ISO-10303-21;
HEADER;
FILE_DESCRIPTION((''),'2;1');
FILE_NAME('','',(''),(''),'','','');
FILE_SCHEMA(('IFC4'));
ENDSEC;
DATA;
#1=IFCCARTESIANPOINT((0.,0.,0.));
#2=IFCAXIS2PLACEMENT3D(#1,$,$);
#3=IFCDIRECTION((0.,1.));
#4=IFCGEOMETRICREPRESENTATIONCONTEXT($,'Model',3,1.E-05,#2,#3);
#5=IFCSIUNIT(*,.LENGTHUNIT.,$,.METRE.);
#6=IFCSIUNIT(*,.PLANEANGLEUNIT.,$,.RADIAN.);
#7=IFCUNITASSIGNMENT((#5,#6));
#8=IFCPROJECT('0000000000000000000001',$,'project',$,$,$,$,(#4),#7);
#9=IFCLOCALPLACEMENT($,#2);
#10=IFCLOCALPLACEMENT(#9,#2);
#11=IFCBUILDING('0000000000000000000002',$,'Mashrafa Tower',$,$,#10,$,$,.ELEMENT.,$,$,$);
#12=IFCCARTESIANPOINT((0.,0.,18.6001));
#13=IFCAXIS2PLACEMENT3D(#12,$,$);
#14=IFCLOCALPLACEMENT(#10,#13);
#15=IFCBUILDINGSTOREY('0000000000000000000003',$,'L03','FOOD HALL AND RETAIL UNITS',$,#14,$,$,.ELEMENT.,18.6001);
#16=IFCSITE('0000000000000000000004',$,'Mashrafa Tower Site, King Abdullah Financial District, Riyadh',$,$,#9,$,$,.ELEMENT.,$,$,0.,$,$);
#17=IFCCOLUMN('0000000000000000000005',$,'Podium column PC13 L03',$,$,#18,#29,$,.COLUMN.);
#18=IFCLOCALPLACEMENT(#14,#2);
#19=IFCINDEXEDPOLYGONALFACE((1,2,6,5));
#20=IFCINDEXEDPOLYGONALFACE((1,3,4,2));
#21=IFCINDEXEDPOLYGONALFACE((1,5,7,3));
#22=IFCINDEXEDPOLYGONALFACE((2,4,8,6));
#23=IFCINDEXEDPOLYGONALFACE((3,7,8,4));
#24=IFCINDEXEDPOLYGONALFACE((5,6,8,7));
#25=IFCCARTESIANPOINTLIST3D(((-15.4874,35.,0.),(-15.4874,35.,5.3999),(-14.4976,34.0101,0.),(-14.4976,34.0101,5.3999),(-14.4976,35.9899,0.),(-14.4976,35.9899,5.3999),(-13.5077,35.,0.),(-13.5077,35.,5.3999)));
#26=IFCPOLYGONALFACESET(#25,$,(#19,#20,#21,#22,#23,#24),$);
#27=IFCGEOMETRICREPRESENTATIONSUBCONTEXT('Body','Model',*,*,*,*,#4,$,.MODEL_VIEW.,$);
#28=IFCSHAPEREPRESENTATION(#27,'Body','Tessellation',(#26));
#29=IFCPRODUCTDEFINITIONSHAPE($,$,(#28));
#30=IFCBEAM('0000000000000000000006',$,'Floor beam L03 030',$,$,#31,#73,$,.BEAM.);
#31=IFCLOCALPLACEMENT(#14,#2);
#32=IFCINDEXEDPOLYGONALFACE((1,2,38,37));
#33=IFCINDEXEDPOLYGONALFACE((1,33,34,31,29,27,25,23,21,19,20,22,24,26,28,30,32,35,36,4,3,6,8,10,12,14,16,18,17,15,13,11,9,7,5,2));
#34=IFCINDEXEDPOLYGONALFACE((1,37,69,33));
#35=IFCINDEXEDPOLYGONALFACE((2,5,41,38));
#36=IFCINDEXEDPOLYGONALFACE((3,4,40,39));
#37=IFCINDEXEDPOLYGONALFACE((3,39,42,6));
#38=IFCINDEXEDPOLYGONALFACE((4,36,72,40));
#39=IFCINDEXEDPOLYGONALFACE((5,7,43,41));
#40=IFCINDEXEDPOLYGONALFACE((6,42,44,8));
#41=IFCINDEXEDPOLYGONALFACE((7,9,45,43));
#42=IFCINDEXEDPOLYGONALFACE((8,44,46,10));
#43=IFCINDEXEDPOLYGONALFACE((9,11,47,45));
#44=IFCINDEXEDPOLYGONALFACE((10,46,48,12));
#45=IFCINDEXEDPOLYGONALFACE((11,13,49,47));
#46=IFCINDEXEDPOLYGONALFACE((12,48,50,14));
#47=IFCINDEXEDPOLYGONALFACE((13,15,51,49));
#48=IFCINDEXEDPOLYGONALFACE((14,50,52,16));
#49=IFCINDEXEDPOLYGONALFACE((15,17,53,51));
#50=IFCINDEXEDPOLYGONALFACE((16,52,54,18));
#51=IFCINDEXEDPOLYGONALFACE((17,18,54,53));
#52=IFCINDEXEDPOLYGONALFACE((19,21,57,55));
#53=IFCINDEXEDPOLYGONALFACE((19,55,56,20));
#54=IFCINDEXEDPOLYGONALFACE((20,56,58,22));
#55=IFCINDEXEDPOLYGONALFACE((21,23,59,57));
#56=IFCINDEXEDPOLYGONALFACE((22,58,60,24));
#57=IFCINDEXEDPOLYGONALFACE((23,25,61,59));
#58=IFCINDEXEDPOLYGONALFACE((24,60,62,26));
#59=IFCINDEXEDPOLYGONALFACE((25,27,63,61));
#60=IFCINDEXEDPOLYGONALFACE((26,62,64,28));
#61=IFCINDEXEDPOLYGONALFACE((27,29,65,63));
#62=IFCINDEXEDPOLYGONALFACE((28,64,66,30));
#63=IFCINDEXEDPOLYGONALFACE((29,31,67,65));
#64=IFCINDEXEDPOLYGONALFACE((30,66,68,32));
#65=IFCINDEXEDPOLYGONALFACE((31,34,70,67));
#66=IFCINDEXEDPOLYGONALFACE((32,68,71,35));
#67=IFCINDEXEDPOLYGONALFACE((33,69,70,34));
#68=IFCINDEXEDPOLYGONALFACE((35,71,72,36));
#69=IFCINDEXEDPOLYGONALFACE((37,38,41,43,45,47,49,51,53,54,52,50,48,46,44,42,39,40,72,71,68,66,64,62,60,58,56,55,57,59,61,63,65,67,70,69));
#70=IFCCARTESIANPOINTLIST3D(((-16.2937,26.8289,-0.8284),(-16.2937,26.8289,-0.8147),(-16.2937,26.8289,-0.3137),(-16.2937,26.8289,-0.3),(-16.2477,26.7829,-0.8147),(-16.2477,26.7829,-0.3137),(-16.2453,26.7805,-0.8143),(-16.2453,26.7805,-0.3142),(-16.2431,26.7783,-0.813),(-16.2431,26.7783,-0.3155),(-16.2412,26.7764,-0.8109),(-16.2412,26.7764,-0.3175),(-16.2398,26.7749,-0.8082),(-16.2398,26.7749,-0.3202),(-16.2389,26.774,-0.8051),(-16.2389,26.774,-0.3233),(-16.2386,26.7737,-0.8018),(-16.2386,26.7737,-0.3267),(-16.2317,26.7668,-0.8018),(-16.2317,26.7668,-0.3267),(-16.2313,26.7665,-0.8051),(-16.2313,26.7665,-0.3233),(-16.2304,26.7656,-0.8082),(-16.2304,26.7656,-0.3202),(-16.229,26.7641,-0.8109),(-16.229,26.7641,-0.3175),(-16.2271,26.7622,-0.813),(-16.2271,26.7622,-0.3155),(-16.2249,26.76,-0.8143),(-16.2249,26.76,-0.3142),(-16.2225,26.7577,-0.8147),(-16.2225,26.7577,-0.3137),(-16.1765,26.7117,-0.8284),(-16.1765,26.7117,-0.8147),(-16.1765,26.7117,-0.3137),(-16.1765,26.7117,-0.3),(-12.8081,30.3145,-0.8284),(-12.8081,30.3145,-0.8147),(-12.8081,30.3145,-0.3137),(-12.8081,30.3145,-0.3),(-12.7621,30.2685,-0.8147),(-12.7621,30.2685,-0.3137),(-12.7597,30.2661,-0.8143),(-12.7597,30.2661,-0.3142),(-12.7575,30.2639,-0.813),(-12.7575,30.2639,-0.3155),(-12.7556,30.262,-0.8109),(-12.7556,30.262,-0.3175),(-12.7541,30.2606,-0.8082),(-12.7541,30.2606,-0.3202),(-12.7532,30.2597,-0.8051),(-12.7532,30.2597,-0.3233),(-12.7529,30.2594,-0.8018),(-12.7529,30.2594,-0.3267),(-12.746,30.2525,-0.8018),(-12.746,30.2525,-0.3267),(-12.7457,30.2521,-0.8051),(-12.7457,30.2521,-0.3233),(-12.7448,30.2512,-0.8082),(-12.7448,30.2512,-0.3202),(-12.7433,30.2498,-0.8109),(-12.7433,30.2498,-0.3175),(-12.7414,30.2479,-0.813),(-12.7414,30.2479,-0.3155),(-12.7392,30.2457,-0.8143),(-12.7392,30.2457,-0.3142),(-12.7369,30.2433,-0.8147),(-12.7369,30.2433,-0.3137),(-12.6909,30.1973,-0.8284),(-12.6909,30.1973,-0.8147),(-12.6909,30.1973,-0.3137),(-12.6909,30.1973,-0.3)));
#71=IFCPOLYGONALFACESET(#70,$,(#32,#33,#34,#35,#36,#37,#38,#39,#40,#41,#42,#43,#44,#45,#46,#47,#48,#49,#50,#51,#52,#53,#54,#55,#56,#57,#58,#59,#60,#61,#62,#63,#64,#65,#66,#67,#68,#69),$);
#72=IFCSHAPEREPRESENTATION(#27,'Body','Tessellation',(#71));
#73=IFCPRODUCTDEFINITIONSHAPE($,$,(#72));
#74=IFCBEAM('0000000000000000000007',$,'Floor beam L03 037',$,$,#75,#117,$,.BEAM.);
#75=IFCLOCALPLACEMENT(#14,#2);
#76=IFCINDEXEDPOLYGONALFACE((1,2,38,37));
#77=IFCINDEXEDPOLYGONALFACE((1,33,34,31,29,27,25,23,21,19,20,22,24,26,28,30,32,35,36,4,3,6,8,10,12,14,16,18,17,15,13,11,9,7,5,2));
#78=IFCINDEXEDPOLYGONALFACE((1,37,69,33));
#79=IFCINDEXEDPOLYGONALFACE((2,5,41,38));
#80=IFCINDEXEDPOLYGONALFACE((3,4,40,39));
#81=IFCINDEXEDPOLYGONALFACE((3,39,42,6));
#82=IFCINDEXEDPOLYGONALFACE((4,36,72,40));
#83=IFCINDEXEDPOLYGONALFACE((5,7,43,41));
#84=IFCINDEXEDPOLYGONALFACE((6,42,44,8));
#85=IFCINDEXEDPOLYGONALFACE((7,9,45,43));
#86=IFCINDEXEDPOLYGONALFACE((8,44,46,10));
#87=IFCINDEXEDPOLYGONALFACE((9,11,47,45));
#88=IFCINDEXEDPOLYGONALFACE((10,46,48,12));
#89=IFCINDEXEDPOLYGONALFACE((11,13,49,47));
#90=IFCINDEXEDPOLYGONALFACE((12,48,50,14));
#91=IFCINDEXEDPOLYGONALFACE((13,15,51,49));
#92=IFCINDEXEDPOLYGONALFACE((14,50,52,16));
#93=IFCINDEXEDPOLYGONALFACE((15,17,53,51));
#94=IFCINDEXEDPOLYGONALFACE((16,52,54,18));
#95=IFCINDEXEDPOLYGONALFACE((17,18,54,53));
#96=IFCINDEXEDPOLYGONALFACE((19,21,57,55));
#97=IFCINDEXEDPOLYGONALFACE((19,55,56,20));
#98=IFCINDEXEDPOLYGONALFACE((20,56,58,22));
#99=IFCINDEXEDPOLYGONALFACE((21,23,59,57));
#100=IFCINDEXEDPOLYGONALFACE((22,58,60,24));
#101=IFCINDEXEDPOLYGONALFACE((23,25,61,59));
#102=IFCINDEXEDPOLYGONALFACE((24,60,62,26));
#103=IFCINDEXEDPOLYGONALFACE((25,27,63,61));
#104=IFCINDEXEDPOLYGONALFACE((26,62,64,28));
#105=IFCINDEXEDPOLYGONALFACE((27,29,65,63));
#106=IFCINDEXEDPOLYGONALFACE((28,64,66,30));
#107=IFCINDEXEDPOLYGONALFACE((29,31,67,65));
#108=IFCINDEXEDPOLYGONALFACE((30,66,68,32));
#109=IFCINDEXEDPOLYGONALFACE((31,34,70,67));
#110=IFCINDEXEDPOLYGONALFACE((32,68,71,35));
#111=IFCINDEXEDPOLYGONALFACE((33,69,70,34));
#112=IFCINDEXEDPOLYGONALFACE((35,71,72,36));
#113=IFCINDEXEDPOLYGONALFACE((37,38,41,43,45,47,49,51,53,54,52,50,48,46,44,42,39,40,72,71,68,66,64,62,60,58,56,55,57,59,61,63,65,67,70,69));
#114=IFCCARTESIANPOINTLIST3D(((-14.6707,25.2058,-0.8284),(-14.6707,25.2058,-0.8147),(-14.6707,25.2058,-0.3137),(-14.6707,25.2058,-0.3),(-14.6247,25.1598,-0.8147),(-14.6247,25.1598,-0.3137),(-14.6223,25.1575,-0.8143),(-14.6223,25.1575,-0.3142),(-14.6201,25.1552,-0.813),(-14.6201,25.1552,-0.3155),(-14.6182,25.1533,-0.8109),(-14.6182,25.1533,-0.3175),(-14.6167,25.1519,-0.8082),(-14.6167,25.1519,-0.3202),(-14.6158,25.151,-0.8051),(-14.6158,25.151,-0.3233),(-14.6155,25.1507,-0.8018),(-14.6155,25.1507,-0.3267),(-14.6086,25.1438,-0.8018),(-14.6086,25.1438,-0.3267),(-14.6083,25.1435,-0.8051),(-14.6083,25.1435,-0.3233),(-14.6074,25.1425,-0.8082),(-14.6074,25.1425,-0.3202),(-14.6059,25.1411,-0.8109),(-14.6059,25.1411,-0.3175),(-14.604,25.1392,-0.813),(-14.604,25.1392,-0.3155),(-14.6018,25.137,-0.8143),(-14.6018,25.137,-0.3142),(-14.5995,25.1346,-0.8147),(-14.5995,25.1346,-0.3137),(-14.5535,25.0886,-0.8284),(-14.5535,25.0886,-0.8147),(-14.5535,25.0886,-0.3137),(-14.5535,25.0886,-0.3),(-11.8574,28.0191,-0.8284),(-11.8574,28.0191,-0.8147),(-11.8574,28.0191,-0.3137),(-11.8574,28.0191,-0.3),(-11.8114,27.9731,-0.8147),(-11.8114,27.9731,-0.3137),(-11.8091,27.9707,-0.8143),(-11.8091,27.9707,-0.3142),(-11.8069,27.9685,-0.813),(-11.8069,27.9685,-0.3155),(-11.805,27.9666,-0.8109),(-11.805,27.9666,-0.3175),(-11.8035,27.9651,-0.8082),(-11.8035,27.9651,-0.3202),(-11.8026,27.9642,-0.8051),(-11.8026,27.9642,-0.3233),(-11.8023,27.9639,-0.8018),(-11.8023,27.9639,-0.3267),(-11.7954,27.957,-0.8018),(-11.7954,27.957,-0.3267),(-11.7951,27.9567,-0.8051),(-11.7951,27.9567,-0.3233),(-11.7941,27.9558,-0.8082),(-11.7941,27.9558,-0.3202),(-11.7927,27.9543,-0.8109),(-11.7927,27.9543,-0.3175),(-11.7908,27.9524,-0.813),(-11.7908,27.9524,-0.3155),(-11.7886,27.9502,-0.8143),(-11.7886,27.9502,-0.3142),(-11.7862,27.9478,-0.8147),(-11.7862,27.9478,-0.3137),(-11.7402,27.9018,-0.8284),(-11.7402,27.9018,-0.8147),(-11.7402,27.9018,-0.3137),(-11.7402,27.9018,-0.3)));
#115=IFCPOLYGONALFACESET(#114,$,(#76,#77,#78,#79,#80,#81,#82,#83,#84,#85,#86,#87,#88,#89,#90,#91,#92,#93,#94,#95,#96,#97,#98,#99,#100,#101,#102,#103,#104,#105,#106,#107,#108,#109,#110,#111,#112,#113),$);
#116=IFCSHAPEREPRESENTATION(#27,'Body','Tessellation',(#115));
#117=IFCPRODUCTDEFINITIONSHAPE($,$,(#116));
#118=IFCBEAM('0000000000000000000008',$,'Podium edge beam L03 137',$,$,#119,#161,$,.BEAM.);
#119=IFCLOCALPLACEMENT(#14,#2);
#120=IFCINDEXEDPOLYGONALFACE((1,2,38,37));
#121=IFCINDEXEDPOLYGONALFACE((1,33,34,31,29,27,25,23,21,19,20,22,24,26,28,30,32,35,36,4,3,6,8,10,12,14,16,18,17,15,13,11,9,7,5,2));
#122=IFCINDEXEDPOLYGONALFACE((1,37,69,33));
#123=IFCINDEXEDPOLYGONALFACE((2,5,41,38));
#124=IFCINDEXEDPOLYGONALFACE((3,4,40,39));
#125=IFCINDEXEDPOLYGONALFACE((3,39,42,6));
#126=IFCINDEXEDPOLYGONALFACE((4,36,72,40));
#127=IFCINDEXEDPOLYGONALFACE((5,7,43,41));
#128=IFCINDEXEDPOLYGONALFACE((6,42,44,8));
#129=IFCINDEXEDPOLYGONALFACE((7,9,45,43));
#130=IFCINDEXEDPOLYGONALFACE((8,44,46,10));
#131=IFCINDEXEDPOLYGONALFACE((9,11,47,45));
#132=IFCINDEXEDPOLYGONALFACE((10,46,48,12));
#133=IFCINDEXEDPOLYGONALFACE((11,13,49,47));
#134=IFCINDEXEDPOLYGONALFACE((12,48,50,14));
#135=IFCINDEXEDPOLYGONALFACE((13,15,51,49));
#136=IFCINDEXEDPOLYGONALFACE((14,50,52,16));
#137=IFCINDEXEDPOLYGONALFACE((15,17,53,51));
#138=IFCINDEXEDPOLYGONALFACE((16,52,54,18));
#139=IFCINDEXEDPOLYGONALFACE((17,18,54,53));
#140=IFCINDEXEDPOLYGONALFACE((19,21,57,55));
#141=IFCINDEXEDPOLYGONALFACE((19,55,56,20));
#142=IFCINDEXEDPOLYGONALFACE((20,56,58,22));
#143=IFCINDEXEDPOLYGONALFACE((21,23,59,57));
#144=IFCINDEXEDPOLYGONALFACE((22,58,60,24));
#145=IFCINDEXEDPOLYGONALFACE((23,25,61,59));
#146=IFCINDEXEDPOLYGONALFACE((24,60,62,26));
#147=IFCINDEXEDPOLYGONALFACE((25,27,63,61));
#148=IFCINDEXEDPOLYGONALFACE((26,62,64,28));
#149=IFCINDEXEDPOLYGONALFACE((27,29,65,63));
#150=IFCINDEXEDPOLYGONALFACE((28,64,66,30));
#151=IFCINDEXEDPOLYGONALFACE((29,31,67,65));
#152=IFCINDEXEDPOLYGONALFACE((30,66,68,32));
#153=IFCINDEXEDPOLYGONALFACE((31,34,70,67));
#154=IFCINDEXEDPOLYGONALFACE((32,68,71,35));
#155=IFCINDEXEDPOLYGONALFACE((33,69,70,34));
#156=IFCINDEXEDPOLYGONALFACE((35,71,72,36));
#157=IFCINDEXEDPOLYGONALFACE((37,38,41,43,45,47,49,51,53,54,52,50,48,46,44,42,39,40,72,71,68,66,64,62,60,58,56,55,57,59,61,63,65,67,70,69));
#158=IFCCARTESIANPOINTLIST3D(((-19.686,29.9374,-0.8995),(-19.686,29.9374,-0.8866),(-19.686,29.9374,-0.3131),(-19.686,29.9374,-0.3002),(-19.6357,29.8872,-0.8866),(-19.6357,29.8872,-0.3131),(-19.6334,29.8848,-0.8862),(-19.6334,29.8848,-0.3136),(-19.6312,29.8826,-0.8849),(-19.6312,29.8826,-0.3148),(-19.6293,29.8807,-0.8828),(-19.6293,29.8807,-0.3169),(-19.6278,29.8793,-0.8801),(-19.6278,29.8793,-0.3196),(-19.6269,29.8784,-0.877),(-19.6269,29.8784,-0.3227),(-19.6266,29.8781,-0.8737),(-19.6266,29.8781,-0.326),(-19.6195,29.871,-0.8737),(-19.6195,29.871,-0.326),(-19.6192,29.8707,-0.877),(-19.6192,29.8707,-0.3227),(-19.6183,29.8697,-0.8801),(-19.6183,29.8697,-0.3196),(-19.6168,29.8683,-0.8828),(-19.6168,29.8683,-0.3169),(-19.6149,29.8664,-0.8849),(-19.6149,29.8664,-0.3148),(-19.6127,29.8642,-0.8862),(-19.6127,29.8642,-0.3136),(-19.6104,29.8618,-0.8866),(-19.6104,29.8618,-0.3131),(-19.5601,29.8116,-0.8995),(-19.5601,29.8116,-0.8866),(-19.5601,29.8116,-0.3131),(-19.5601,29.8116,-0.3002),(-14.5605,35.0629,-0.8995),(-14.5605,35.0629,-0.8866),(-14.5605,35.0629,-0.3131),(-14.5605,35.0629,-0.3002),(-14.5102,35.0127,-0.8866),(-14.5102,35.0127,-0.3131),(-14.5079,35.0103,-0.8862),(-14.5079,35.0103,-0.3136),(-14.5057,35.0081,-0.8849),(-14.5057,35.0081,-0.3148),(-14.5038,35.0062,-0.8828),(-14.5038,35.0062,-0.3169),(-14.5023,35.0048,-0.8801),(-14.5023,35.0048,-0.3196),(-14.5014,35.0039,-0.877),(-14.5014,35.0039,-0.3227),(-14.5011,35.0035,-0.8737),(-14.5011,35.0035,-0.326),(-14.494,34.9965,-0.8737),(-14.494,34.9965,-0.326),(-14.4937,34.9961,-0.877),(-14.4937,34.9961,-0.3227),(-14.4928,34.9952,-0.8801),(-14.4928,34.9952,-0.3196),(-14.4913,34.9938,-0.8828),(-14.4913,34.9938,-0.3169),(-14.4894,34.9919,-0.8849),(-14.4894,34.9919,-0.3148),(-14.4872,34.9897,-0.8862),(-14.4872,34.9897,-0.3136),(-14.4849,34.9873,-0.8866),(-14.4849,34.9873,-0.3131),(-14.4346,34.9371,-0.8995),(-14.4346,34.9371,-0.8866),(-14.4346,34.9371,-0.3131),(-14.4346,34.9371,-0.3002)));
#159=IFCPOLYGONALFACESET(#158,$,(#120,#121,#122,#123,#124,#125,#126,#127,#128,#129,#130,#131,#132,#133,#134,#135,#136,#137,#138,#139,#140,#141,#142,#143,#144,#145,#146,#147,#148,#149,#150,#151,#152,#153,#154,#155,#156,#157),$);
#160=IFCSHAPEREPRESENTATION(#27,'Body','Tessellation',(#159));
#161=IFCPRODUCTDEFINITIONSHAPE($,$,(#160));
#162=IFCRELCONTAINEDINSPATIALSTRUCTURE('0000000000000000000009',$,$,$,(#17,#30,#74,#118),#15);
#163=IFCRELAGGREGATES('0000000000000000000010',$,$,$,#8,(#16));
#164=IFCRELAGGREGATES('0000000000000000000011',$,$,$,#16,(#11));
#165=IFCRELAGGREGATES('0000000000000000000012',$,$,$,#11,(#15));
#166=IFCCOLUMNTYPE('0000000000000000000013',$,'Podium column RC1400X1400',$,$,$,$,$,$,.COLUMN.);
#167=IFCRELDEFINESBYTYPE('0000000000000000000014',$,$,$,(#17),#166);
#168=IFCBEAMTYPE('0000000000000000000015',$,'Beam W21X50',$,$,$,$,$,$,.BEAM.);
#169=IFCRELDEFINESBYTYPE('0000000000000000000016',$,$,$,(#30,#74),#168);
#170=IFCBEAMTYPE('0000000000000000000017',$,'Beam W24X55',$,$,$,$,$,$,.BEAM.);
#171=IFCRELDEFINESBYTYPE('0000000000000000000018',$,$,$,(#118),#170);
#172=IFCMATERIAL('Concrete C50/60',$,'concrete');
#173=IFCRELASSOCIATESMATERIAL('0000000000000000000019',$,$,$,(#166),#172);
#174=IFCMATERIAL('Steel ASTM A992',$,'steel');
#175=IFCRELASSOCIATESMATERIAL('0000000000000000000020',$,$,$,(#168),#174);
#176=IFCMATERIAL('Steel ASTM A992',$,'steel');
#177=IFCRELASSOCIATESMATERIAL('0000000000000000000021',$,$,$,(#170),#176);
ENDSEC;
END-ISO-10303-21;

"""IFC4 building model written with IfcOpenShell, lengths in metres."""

from ifc_helpers import new_model, si_unit, direction, frame, origin, origin_2d, place, context, subcontext, project, spatial, rectangle, i_section, extrude, material, material_profile, profile_set, type_object, element, save


model = new_model("IFC4")

# Units and contexts
model_context = context("Model", 3, precision=1e-05, world=origin(), true_north=direction((0.0, 1.0)))
body_context = subcontext(model_context, "Body", "Model", "MODEL_VIEW")
ifc_project = project(units=[si_unit("LENGTHUNIT", "METRE"), si_unit("PLANEANGLEUNIT", "RADIAN")], contexts=[model_context])

# Site, building, storey
site_placement = place(None, origin())
site = spatial("IfcSite", under=ifc_project, at=site_placement, Name="Mashrafa Tower Site, King Abdullah Financial District, Riyadh", CompositionType="ELEMENT", RefElevation=0.0)
building_placement = place(site_placement, origin())
building = spatial("IfcBuilding", under=site, at=building_placement, Name="Mashrafa Tower", CompositionType="ELEMENT")
storey_placement = place(building_placement, frame((0.0, 0.0, 18.6001)))
storey = spatial("IfcBuildingStorey", under=building, at=storey_placement, Name="L03", Description="FOOD HALL AND RETAIL UNITS", CompositionType="ELEMENT", Elevation=18.6001)

# Column
ifc_material_1 = material(Name="Concrete C50/60", Category="concrete")
ifc_material_profile_1 = material_profile(ifc_material_1, rectangle(XDim=1.3999, YDim=1.3999, at=origin_2d()), Name="RC1400X1400")
ifc_profile_set_1 = profile_set([ifc_material_profile_1], Name="Concrete C50/60")
column_type = type_object("IfcColumnType", Name="Podium column RC1400X1400", PredefinedType="COLUMN", material=ifc_profile_set_1)
column_placement = place(storey_placement, frame((-14.4976, 35.0, 0.0), z_axis=(0.0, 0.0, 1.0), x_axis=(0.707107, 0.707107, 0.0)))
element("IfcColumn", 1, at=column_placement, inside=storey, type_object=column_type, Name="Podium column PC13 L03", PredefinedType="COLUMN", context=body_context, shape_type="SweptSolid", body=[
    extrude(rectangle(XDim=1.3999, YDim=1.3999, at=origin_2d()), origin(), (0.0, 0.0, 1.0), 5.3999),
])

# Beams
ifc_material_2 = material(Name="Steel ASTM A992", Category="steel")
ifc_material_profile_2 = material_profile(ifc_material_2, i_section(OverallWidth=0.1658, OverallDepth=0.5283, WebThickness=0.0098, FlangeThickness=0.0137, FilletRadius=0.0129, at=origin_2d()), Name="W21X50")
ifc_profile_set_2 = profile_set([ifc_material_profile_2], Name="Steel ASTM A992")
beam_type_1 = type_object("IfcBeamType", Name="Beam W21X50", PredefinedType="BEAM", material=ifc_profile_set_2)
beam_1_placement = place(storey_placement, frame((-16.2351, 26.7703, -0.5642), z_axis=(0.707107, 0.707107, 0.0), x_axis=(-0.707107, 0.707107, 0.0)))
element("IfcBeam", 2, at=beam_1_placement, inside=storey, type_object=beam_type_1, Name="Floor beam L03 030", PredefinedType="BEAM", context=body_context, shape_type="SweptSolid", body=[
    extrude(i_section(OverallWidth=0.1658, OverallDepth=0.5283, WebThickness=0.0098, FlangeThickness=0.0137, FilletRadius=0.0129, at=origin_2d()), origin(), (0.0, 0.0, 1.0), 4.9294),
])
beam_2_placement = place(storey_placement, frame((-14.6121, 25.1472, -0.5642), z_axis=(0.707107, 0.707107, 0.0), x_axis=(-0.707107, 0.707107, 0.0)))
element("IfcBeam", 3, at=beam_2_placement, inside=storey, type_object=beam_type_1, Name="Floor beam L03 037", PredefinedType="BEAM", context=body_context, shape_type="SweptSolid", body=[
    extrude(i_section(OverallWidth=0.1658, OverallDepth=0.5283, WebThickness=0.0098, FlangeThickness=0.0137, FilletRadius=0.0129, at=origin_2d()), origin(), (0.0, 0.0, 1.0), 3.9785),
])
ifc_material_3 = material(Name="Steel ASTM A992", Category="steel")
ifc_material_profile_3 = material_profile(ifc_material_3, i_section(OverallWidth=0.178, OverallDepth=0.5994, WebThickness=0.01, FlangeThickness=0.0129, FilletRadius=0.0129, at=origin_2d()), Name="W24X55")
ifc_profile_set_3 = profile_set([ifc_material_profile_3], Name="Steel ASTM A992")
beam_type_2 = type_object("IfcBeamType", Name="Beam W24X55", PredefinedType="BEAM", material=ifc_profile_set_3)
beam_3_placement = place(storey_placement, frame((-14.4976, 35.0, -0.5999), z_axis=(-0.707107, -0.707107, 0.0), x_axis=(0.707107, -0.707107, 0.0)))
element("IfcBeam", 4, at=beam_3_placement, inside=storey, type_object=beam_type_2, Name="Podium edge beam L03 137", PredefinedType="BEAM", context=body_context, shape_type="SweptSolid", body=[
    extrude(i_section(OverallWidth=0.178, OverallDepth=0.5994, WebThickness=0.01, FlangeThickness=0.0129, FilletRadius=0.0129, at=origin_2d()), origin(), (0.0, 0.0, 1.0), 7.2485),
])

save(model, "model.ifc")
